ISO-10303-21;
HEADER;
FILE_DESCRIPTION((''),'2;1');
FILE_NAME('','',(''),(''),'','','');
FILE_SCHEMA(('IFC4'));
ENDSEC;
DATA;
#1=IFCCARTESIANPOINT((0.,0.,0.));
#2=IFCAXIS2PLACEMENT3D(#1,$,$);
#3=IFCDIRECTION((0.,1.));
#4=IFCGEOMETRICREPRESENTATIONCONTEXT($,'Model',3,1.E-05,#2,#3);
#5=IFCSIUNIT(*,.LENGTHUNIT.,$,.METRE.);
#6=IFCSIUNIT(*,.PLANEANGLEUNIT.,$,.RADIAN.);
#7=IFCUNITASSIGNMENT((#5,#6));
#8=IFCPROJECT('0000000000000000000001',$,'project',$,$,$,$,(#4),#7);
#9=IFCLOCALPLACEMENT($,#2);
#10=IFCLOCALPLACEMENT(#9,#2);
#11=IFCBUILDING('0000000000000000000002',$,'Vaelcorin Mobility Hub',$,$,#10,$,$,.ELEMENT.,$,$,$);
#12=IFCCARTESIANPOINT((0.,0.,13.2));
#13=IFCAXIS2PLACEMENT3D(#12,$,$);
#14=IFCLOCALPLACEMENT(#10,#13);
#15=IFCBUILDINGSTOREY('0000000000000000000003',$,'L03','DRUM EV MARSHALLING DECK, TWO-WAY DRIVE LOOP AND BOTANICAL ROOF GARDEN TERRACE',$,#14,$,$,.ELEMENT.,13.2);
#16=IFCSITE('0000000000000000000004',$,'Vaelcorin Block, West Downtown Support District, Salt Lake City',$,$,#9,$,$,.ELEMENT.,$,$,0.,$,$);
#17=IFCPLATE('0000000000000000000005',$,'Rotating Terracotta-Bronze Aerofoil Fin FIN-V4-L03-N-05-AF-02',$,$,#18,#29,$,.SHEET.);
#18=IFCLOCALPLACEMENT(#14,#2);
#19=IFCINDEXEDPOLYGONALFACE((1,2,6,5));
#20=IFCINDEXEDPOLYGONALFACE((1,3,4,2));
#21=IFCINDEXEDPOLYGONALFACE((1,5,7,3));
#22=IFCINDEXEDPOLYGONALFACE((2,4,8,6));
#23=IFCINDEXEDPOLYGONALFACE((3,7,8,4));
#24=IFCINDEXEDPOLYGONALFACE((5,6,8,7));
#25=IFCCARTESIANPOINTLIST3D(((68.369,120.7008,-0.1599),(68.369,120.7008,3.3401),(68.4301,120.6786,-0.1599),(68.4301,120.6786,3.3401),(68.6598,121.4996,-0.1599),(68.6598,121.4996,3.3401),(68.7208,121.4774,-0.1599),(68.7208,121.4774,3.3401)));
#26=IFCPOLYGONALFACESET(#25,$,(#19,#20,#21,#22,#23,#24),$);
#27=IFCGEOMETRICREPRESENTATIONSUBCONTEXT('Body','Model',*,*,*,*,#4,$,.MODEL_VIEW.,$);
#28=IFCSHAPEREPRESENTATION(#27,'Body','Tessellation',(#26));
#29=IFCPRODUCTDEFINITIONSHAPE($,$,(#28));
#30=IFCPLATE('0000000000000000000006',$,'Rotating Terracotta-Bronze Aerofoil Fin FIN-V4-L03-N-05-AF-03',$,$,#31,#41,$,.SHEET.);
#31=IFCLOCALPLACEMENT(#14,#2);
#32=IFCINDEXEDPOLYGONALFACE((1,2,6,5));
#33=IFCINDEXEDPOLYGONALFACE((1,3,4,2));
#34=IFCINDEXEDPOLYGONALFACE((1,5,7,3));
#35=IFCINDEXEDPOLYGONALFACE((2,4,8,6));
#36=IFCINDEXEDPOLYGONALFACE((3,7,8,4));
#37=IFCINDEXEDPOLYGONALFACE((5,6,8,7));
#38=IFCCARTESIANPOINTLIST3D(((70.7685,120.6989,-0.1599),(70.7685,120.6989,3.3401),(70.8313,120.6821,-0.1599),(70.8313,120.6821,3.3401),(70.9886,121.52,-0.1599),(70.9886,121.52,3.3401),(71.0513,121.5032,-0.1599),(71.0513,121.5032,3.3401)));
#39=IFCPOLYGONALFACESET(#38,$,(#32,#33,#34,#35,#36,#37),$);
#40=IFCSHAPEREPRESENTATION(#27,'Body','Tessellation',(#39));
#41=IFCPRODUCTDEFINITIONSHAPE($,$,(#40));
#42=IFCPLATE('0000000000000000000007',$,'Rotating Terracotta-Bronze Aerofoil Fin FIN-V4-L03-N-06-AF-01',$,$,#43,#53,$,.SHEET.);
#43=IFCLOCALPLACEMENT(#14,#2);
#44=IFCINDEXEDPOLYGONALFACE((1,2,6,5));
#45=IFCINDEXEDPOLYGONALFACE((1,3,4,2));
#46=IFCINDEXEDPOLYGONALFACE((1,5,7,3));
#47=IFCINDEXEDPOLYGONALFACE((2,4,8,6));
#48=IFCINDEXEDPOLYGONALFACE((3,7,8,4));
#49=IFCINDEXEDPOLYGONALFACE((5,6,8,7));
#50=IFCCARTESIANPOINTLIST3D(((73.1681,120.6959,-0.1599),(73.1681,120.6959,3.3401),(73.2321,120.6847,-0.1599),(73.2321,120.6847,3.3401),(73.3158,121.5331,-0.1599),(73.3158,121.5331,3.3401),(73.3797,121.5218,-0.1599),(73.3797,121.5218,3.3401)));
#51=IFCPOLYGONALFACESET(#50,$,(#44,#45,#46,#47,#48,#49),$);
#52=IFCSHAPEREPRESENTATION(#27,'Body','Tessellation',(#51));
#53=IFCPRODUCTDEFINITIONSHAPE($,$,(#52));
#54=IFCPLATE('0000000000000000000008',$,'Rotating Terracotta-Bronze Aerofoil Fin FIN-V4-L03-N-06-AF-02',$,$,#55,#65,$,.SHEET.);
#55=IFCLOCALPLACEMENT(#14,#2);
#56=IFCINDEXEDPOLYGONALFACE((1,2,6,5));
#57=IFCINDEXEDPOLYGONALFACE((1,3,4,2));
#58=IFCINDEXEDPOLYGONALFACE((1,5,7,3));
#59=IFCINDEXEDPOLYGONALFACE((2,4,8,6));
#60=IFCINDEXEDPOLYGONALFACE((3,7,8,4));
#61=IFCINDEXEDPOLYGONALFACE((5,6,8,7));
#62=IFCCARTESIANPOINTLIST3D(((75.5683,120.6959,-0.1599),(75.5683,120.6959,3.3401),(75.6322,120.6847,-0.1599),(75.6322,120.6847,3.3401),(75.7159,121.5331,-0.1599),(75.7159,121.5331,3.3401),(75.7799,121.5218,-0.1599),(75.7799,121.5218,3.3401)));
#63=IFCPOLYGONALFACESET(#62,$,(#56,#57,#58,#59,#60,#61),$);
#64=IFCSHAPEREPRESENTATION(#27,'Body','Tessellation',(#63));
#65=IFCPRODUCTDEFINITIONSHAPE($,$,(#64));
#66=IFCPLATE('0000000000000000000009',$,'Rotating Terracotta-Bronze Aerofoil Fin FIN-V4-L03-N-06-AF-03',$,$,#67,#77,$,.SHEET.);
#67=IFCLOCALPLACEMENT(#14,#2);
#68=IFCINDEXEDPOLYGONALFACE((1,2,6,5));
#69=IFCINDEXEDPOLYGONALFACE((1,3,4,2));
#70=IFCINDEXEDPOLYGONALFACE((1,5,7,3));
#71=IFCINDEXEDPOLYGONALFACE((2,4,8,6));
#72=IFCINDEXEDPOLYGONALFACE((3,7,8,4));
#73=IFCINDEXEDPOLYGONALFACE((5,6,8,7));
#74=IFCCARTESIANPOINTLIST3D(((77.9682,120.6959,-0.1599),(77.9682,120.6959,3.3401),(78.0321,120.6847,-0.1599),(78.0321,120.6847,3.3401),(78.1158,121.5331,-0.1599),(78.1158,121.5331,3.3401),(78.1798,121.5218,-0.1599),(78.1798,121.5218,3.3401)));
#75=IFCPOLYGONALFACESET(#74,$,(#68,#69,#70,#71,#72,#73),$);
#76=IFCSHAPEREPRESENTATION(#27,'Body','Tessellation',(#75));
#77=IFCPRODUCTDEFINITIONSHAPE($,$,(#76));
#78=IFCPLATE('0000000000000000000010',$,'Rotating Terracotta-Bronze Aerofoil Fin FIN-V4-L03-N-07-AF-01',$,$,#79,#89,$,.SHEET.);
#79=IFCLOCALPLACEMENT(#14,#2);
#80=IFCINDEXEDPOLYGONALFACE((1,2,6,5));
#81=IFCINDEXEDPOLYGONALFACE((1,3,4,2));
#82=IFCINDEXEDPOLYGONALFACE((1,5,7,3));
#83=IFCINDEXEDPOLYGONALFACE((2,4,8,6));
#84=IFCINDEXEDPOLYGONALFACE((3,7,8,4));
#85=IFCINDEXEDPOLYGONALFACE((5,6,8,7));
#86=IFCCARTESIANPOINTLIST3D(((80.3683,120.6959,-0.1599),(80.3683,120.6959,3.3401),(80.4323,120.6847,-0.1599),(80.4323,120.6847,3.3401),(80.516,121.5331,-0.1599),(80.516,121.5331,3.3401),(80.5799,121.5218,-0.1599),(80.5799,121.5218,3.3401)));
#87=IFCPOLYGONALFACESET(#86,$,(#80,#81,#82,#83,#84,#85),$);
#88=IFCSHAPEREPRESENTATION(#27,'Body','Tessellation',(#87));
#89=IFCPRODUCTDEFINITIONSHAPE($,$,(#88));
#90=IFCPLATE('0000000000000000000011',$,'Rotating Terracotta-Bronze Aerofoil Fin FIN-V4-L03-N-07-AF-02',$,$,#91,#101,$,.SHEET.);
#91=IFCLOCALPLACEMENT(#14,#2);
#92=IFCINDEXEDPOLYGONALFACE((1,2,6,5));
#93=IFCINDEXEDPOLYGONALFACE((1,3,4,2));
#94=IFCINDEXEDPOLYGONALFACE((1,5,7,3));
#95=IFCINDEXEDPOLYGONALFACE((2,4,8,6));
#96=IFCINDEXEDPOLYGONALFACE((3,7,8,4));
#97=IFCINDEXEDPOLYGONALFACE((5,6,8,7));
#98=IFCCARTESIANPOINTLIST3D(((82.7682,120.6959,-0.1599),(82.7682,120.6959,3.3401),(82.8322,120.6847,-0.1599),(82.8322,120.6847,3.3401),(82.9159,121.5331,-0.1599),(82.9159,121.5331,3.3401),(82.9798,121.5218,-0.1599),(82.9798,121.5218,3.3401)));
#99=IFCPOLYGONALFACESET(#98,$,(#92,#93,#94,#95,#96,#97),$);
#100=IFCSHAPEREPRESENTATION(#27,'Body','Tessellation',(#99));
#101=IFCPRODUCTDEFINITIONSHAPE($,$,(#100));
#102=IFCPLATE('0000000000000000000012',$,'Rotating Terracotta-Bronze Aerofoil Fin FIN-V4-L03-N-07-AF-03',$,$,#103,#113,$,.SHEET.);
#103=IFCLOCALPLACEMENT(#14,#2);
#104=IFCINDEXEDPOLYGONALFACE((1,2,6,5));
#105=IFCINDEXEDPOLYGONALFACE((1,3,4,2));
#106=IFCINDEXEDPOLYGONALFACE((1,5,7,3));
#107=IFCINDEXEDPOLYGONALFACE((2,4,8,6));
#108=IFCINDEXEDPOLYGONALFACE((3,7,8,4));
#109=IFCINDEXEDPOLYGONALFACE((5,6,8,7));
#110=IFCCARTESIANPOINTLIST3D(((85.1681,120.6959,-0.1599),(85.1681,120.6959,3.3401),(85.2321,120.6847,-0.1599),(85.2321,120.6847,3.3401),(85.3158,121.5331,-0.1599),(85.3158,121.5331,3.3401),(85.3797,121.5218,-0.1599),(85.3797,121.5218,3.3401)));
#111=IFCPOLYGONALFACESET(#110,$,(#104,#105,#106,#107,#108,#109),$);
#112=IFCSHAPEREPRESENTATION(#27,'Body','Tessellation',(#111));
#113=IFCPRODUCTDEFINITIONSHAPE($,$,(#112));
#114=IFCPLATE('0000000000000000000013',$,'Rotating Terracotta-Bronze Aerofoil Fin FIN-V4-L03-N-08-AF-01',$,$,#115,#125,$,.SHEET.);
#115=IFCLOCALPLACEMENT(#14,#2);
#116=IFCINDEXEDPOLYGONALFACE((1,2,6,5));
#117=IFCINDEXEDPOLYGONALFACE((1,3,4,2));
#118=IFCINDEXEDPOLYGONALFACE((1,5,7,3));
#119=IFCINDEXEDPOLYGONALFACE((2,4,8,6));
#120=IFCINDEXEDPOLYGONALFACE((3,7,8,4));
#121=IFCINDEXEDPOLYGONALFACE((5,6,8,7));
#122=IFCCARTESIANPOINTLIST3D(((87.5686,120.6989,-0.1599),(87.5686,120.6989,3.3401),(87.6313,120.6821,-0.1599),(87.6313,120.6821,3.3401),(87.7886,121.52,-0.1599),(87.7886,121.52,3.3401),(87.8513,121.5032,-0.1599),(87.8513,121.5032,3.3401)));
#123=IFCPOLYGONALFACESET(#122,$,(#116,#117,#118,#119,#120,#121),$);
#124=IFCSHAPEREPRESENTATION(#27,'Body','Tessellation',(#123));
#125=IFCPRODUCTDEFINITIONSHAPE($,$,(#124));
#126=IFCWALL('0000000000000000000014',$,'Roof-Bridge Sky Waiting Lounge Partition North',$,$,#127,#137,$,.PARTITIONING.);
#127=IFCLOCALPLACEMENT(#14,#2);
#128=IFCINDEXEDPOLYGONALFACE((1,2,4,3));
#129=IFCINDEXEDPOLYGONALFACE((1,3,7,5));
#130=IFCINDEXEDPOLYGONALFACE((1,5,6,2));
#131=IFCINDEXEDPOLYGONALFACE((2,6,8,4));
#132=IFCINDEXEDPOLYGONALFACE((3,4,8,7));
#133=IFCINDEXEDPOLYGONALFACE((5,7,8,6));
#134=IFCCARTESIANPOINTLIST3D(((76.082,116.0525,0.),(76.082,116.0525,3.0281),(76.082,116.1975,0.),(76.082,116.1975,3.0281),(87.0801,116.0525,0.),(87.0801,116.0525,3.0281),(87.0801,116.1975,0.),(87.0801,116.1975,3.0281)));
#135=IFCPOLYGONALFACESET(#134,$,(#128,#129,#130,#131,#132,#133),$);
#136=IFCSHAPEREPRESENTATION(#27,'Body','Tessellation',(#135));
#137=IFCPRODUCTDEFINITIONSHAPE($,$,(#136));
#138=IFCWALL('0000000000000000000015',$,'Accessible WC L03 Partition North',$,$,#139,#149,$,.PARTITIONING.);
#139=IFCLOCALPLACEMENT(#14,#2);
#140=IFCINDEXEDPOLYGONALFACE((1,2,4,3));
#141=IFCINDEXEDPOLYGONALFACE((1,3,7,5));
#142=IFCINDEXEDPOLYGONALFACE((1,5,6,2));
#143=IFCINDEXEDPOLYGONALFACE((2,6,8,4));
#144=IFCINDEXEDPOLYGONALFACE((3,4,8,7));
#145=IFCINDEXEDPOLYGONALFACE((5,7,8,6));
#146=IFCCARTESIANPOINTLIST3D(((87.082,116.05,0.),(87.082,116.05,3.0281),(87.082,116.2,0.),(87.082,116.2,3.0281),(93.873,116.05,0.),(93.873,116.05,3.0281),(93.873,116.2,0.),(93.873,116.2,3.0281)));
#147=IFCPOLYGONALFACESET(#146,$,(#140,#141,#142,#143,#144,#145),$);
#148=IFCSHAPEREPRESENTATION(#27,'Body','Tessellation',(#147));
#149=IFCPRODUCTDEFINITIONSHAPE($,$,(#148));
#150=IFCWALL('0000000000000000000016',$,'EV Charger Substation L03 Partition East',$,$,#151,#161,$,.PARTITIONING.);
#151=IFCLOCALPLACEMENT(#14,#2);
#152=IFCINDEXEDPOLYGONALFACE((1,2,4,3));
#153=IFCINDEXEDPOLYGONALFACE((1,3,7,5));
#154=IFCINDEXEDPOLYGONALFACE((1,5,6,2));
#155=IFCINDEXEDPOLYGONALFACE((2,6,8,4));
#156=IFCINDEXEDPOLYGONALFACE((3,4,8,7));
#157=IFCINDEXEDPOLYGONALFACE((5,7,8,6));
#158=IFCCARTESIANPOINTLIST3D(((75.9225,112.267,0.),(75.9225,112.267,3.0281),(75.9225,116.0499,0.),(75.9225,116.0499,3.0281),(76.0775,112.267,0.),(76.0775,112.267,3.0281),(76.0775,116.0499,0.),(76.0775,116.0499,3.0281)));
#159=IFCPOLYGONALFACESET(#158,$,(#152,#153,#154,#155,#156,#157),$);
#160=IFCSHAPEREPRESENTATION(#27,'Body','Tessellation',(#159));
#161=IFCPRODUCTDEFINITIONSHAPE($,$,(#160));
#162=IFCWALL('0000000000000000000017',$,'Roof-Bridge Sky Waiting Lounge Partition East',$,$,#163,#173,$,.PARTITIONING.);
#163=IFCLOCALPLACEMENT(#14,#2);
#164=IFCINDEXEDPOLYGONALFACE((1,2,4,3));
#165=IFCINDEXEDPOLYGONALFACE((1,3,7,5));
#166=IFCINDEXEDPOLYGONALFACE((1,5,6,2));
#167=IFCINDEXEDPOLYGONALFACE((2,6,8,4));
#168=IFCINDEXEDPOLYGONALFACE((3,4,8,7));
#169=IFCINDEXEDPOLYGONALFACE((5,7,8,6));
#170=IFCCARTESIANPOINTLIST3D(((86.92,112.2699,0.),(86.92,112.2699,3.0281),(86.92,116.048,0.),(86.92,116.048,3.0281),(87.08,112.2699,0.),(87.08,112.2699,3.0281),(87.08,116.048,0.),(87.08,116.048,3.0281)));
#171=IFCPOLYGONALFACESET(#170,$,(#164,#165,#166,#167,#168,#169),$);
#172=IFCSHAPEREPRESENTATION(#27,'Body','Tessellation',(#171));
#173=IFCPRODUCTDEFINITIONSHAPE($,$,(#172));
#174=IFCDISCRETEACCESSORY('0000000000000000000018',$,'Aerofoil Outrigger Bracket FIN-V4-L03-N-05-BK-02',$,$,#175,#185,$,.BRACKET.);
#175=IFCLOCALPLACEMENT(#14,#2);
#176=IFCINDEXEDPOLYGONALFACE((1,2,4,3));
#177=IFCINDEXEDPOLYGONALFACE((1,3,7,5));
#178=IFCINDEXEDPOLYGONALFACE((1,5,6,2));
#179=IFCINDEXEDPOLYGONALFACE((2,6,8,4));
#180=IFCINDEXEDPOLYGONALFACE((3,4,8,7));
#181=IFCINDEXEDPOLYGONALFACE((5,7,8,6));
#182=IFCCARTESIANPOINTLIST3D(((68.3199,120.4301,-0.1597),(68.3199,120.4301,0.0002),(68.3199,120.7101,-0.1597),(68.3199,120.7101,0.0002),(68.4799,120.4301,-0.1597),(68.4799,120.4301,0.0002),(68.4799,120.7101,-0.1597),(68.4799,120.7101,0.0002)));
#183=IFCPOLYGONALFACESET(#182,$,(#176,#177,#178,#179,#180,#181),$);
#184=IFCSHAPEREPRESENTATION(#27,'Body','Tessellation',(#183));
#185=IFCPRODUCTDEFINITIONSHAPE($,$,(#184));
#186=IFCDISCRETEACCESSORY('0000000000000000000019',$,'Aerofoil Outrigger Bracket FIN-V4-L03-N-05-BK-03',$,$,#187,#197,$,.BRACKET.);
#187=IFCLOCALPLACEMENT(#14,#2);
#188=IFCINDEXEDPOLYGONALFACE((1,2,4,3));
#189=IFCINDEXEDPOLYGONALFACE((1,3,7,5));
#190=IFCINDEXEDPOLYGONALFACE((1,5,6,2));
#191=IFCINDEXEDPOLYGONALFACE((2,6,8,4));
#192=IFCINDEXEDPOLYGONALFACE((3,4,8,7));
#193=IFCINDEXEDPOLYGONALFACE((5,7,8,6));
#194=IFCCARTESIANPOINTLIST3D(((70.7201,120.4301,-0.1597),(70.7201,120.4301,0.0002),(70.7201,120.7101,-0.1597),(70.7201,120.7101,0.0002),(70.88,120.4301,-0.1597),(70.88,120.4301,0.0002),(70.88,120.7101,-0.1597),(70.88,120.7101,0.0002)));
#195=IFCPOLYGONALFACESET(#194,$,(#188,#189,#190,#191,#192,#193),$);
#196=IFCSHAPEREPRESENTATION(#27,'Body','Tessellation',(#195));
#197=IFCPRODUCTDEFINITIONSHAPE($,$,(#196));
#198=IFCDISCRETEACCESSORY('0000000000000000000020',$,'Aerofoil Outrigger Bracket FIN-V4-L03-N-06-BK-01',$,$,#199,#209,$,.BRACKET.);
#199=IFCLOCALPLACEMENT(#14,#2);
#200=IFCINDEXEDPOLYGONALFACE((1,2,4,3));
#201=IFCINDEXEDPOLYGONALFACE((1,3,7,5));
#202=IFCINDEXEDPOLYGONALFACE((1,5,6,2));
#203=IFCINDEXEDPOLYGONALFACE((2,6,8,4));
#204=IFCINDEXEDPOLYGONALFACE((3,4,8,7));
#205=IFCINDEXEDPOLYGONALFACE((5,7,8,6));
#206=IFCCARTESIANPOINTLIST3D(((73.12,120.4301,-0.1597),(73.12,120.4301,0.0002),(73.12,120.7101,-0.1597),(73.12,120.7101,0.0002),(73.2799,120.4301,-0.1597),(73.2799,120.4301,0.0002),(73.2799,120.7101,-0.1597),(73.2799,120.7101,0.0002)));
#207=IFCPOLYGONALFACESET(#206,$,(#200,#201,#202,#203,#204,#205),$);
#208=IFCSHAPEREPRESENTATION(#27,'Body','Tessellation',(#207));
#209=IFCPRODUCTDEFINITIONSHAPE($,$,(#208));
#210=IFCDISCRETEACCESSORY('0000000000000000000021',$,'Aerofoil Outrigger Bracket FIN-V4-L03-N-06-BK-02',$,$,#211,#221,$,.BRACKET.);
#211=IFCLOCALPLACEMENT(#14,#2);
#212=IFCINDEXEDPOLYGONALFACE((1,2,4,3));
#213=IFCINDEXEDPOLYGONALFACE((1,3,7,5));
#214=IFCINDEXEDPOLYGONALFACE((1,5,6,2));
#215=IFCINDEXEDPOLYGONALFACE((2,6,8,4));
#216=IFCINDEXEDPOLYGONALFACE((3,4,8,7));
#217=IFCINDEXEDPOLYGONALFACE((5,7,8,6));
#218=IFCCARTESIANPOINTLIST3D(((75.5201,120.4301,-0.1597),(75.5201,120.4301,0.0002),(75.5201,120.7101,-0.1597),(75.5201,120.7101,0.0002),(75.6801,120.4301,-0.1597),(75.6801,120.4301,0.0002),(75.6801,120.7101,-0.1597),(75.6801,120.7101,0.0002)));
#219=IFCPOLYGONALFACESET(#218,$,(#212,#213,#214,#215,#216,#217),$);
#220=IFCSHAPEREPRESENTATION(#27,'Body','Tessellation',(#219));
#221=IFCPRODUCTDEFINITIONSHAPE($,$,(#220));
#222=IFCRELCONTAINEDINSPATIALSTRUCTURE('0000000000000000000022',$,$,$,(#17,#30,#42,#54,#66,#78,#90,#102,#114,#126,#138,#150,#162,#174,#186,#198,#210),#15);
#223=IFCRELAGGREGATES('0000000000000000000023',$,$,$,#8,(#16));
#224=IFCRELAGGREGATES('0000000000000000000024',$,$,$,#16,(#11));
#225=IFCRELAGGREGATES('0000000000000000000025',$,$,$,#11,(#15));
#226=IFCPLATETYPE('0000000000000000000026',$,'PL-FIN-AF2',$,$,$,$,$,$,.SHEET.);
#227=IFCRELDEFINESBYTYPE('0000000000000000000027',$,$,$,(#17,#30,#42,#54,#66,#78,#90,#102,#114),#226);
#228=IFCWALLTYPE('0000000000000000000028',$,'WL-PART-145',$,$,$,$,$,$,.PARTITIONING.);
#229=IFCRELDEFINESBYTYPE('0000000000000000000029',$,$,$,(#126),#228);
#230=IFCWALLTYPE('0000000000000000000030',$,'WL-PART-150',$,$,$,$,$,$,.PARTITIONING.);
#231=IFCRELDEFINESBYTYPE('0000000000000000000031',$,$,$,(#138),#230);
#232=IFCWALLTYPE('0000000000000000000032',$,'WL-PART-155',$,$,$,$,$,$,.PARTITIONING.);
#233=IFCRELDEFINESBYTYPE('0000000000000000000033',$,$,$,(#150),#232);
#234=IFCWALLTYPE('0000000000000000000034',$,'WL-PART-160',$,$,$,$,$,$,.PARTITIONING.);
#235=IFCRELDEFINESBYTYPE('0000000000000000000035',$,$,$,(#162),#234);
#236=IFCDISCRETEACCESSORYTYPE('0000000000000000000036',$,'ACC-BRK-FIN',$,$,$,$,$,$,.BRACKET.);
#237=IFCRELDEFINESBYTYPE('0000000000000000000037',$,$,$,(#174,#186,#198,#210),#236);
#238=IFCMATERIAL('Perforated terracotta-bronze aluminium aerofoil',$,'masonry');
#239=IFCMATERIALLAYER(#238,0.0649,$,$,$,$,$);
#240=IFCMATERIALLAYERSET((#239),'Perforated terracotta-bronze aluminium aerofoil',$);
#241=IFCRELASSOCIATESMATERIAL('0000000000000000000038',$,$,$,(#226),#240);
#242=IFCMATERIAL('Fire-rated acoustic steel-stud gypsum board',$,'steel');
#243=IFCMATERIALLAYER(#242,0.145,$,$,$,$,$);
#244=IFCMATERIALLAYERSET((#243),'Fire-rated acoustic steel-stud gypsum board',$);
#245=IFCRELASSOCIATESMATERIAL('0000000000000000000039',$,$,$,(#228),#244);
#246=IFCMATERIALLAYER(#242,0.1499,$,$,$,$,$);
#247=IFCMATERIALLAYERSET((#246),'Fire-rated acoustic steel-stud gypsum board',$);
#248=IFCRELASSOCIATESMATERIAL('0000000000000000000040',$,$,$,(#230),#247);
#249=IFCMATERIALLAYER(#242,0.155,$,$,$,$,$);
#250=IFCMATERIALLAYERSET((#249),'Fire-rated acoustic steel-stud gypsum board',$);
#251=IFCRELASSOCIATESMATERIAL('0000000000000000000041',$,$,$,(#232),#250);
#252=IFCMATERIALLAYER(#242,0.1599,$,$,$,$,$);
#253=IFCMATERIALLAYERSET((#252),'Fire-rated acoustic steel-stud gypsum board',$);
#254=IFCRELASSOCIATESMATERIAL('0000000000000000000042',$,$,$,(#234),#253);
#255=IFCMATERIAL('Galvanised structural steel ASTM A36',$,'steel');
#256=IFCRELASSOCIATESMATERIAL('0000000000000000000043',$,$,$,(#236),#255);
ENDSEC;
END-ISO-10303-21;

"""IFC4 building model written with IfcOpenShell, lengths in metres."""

from ifc_helpers import new_model, si_unit, direction, frame, frame_2d, origin, origin_2d, place, context, subcontext, project, spatial, rectangle, extrude, material, layer, layer_set, type_object, element, save


model = new_model("IFC4")

# Units and contexts
model_context = context("Model", 3, precision=1e-05, world=origin(), true_north=direction((0.0, 1.0)))
body_context = subcontext(model_context, "Body", "Model", "MODEL_VIEW")
ifc_project = project(units=[si_unit("LENGTHUNIT", "METRE"), si_unit("PLANEANGLEUNIT", "RADIAN")], contexts=[model_context])

# Site, building, storey
site_placement = place(None, origin())
site = spatial("IfcSite", under=ifc_project, at=site_placement, Name="Vaelcorin Block, West Downtown Support District, Salt Lake City", CompositionType="ELEMENT", RefElevation=0.0)
building_placement = place(site_placement, origin())
building = spatial("IfcBuilding", under=site, at=building_placement, Name="Vaelcorin Mobility Hub", CompositionType="ELEMENT")
storey_placement = place(building_placement, frame((0.0, 0.0, 13.2)))
storey = spatial("IfcBuildingStorey", under=building, at=storey_placement, Name="L03", Description="DRUM EV MARSHALLING DECK, TWO-WAY DRIVE LOOP AND BOTANICAL ROOF GARDEN TERRACE", CompositionType="ELEMENT", Elevation=13.2)

# Plates
ifc_material_1 = material(Name="Perforated terracotta-bronze aluminium aerofoil", Category="masonry")
ifc_layer_1 = layer(ifc_material_1, 0.0649)
ifc_layer_set_1 = layer_set([ifc_layer_1], Name="Perforated terracotta-bronze aluminium aerofoil")
plate_type = type_object("IfcPlateType", Name="PL-FIN-AF2", PredefinedType="SHEET", material=ifc_layer_set_1)
for number, where, z_axis, x_axis, name in (
    (1, (68.5449, 121.0891, -0.1599), (0.0, 0.0, 1.0), (0.34202, 0.939693, 0.0), "Rotating Terracotta-Bronze Aerofoil Fin FIN-V4-L03-N-05-AF-02"),
    (2, (70.9099, 121.1011, -0.1599), (0.0, 0.0, 1.0), (0.258819, 0.965926, 0.0), "Rotating Terracotta-Bronze Aerofoil Fin FIN-V4-L03-N-05-AF-03"),
    (3, (73.2739, 121.1089, -0.1599), (0.0, 0.0, 1.0), (0.173648, 0.984808, 0.0), "Rotating Terracotta-Bronze Aerofoil Fin FIN-V4-L03-N-06-AF-01"),
    (4, (75.6741, 121.1089, -0.1599), (0.0, 0.0, 1.0), (0.173648, 0.984808, 0.0), "Rotating Terracotta-Bronze Aerofoil Fin FIN-V4-L03-N-06-AF-02"),
    (5, (78.074, 121.1089, -0.1599), (0.0, 0.0, 1.0), (0.173648, 0.984808, 0.0), "Rotating Terracotta-Bronze Aerofoil Fin FIN-V4-L03-N-06-AF-03"),
    (6, (80.4741, 121.1089, -0.1599), (0.0, 0.0, 1.0), (0.173648, 0.984808, 0.0), "Rotating Terracotta-Bronze Aerofoil Fin FIN-V4-L03-N-07-AF-01"),
    (7, (82.874, 121.1089, -0.1599), (0.0, 0.0, 1.0), (0.173648, 0.984808, 0.0), "Rotating Terracotta-Bronze Aerofoil Fin FIN-V4-L03-N-07-AF-02"),
    (8, (85.2739, 121.1089, -0.1599), (0.0, 0.0, 1.0), (0.173648, 0.984808, 0.0), "Rotating Terracotta-Bronze Aerofoil Fin FIN-V4-L03-N-07-AF-03"),
    (9, (87.71, 121.1011, -0.1599), (0.0, 0.0, 1.0), (0.258819, 0.965926, 0.0), "Rotating Terracotta-Bronze Aerofoil Fin FIN-V4-L03-N-08-AF-01"),
):
    element("IfcPlate", number, at=place(storey_placement, frame(where, z_axis=z_axis, x_axis=x_axis)), inside=storey, type_object=plate_type, Name=name, PredefinedType="SHEET", context=body_context, shape_type="SweptSolid", body=[
        extrude(rectangle(XDim=0.8501, YDim=0.0649, at=origin_2d()), origin(), (0.0, 0.0, 1.0), 3.5),
    ])

# Walls
ifc_material_2 = material(Name="Fire-rated acoustic steel-stud gypsum board", Category="steel")
ifc_layer_2 = layer(ifc_material_2, 0.145)
ifc_layer_set_2 = layer_set([ifc_layer_2], Name="Fire-rated acoustic steel-stud gypsum board")
wall_type_1 = type_object("IfcWallType", Name="WL-PART-145", PredefinedType="PARTITIONING", material=ifc_layer_set_2)
wall_1_placement = place(storey_placement, frame((76.082, 116.125, 0.0), z_axis=(0.0, 0.0, 1.0), x_axis=(1.0, 0.0, 0.0)))
element("IfcWall", 10, at=wall_1_placement, inside=storey, type_object=wall_type_1, Name="Roof-Bridge Sky Waiting Lounge Partition North", PredefinedType="PARTITIONING", context=body_context, shape_type="SweptSolid", body=[
    extrude(rectangle(XDim=10.998, YDim=0.145, at=frame_2d((5.499, 0.0))), origin(), (0.0, 0.0, 1.0), 3.0281),
])
ifc_layer_3 = layer(ifc_material_2, 0.1499)
ifc_layer_set_3 = layer_set([ifc_layer_3], Name="Fire-rated acoustic steel-stud gypsum board")
wall_type_2 = type_object("IfcWallType", Name="WL-PART-150", PredefinedType="PARTITIONING", material=ifc_layer_set_3)
wall_2_placement = place(storey_placement, frame((87.082, 116.125, 0.0), z_axis=(0.0, 0.0, 1.0), x_axis=(1.0, 0.0, 0.0)))
element("IfcWall", 11, at=wall_2_placement, inside=storey, type_object=wall_type_2, Name="Accessible WC L03 Partition North", PredefinedType="PARTITIONING", context=body_context, shape_type="SweptSolid", body=[
    extrude(rectangle(XDim=6.791, YDim=0.1499, at=frame_2d((3.3955, 0.0))), origin(), (0.0, 0.0, 1.0), 3.0281),
])
ifc_layer_4 = layer(ifc_material_2, 0.155)
ifc_layer_set_4 = layer_set([ifc_layer_4], Name="Fire-rated acoustic steel-stud gypsum board")
wall_type_3 = type_object("IfcWallType", Name="WL-PART-155", PredefinedType="PARTITIONING", material=ifc_layer_set_4)
wall_3_placement = place(storey_placement, frame((76.0, 116.05, 0.0), z_axis=(0.0, 0.0, 1.0), x_axis=(0.0, -1.0, 0.0)))
element("IfcWall", 12, at=wall_3_placement, inside=storey, type_object=wall_type_3, Name="EV Charger Substation L03 Partition East", PredefinedType="PARTITIONING", context=body_context, shape_type="SweptSolid", body=[
    extrude(rectangle(XDim=3.783, YDim=0.155, at=frame_2d((1.8916, 0.0))), origin(), (0.0, 0.0, 1.0), 3.0281),
])
ifc_layer_5 = layer(ifc_material_2, 0.1599)
ifc_layer_set_5 = layer_set([ifc_layer_5], Name="Fire-rated acoustic steel-stud gypsum board")
wall_type_4 = type_object("IfcWallType", Name="WL-PART-160", PredefinedType="PARTITIONING", material=ifc_layer_set_5)
wall_4_placement = place(storey_placement, frame((87.0, 116.0481, 0.0), z_axis=(0.0, 0.0, 1.0), x_axis=(0.0, -1.0, 0.0)))
element("IfcWall", 13, at=wall_4_placement, inside=storey, type_object=wall_type_4, Name="Roof-Bridge Sky Waiting Lounge Partition East", PredefinedType="PARTITIONING", context=body_context, shape_type="SweptSolid", body=[
    extrude(rectangle(XDim=3.7781, YDim=0.1599, at=frame_2d((1.8892, 0.0))), origin(), (0.0, 0.0, 1.0), 3.0281),
])

# Shared definitions
ifc_material_3 = material(Name="Galvanised structural steel ASTM A36", Category="steel")

# Discrete accessories
discrete_accessory_type = type_object("IfcDiscreteAccessoryType", Name="ACC-BRK-FIN", PredefinedType="BRACKET", material=ifc_material_3)
for number, where, z_axis, x_axis, name in (
    (14, (68.3999, 120.5701, -0.1597), (0.0, 0.0, 1.0), (0.0, 1.0, 0.0), "Aerofoil Outrigger Bracket FIN-V4-L03-N-05-BK-02"),
    (15, (70.8, 120.5701, -0.1597), (0.0, 0.0, 1.0), (0.0, 1.0, 0.0), "Aerofoil Outrigger Bracket FIN-V4-L03-N-05-BK-03"),
    (16, (73.2, 120.5701, -0.1597), (0.0, 0.0, 1.0), (0.0, 1.0, 0.0), "Aerofoil Outrigger Bracket FIN-V4-L03-N-06-BK-01"),
    (17, (75.6001, 120.5701, -0.1597), (0.0, 0.0, 1.0), (0.0, 1.0, 0.0), "Aerofoil Outrigger Bracket FIN-V4-L03-N-06-BK-02"),
):
    element("IfcDiscreteAccessory", number, at=place(storey_placement, frame(where, z_axis=z_axis, x_axis=x_axis)), inside=storey, type_object=discrete_accessory_type, Name=name, PredefinedType="BRACKET", context=body_context, shape_type="SweptSolid", body=[
        extrude(rectangle(XDim=0.28, YDim=0.1599, at=origin_2d()), origin(), (0.0, 0.0, 1.0), 0.1599),
    ])

save(model, "model.ifc")
